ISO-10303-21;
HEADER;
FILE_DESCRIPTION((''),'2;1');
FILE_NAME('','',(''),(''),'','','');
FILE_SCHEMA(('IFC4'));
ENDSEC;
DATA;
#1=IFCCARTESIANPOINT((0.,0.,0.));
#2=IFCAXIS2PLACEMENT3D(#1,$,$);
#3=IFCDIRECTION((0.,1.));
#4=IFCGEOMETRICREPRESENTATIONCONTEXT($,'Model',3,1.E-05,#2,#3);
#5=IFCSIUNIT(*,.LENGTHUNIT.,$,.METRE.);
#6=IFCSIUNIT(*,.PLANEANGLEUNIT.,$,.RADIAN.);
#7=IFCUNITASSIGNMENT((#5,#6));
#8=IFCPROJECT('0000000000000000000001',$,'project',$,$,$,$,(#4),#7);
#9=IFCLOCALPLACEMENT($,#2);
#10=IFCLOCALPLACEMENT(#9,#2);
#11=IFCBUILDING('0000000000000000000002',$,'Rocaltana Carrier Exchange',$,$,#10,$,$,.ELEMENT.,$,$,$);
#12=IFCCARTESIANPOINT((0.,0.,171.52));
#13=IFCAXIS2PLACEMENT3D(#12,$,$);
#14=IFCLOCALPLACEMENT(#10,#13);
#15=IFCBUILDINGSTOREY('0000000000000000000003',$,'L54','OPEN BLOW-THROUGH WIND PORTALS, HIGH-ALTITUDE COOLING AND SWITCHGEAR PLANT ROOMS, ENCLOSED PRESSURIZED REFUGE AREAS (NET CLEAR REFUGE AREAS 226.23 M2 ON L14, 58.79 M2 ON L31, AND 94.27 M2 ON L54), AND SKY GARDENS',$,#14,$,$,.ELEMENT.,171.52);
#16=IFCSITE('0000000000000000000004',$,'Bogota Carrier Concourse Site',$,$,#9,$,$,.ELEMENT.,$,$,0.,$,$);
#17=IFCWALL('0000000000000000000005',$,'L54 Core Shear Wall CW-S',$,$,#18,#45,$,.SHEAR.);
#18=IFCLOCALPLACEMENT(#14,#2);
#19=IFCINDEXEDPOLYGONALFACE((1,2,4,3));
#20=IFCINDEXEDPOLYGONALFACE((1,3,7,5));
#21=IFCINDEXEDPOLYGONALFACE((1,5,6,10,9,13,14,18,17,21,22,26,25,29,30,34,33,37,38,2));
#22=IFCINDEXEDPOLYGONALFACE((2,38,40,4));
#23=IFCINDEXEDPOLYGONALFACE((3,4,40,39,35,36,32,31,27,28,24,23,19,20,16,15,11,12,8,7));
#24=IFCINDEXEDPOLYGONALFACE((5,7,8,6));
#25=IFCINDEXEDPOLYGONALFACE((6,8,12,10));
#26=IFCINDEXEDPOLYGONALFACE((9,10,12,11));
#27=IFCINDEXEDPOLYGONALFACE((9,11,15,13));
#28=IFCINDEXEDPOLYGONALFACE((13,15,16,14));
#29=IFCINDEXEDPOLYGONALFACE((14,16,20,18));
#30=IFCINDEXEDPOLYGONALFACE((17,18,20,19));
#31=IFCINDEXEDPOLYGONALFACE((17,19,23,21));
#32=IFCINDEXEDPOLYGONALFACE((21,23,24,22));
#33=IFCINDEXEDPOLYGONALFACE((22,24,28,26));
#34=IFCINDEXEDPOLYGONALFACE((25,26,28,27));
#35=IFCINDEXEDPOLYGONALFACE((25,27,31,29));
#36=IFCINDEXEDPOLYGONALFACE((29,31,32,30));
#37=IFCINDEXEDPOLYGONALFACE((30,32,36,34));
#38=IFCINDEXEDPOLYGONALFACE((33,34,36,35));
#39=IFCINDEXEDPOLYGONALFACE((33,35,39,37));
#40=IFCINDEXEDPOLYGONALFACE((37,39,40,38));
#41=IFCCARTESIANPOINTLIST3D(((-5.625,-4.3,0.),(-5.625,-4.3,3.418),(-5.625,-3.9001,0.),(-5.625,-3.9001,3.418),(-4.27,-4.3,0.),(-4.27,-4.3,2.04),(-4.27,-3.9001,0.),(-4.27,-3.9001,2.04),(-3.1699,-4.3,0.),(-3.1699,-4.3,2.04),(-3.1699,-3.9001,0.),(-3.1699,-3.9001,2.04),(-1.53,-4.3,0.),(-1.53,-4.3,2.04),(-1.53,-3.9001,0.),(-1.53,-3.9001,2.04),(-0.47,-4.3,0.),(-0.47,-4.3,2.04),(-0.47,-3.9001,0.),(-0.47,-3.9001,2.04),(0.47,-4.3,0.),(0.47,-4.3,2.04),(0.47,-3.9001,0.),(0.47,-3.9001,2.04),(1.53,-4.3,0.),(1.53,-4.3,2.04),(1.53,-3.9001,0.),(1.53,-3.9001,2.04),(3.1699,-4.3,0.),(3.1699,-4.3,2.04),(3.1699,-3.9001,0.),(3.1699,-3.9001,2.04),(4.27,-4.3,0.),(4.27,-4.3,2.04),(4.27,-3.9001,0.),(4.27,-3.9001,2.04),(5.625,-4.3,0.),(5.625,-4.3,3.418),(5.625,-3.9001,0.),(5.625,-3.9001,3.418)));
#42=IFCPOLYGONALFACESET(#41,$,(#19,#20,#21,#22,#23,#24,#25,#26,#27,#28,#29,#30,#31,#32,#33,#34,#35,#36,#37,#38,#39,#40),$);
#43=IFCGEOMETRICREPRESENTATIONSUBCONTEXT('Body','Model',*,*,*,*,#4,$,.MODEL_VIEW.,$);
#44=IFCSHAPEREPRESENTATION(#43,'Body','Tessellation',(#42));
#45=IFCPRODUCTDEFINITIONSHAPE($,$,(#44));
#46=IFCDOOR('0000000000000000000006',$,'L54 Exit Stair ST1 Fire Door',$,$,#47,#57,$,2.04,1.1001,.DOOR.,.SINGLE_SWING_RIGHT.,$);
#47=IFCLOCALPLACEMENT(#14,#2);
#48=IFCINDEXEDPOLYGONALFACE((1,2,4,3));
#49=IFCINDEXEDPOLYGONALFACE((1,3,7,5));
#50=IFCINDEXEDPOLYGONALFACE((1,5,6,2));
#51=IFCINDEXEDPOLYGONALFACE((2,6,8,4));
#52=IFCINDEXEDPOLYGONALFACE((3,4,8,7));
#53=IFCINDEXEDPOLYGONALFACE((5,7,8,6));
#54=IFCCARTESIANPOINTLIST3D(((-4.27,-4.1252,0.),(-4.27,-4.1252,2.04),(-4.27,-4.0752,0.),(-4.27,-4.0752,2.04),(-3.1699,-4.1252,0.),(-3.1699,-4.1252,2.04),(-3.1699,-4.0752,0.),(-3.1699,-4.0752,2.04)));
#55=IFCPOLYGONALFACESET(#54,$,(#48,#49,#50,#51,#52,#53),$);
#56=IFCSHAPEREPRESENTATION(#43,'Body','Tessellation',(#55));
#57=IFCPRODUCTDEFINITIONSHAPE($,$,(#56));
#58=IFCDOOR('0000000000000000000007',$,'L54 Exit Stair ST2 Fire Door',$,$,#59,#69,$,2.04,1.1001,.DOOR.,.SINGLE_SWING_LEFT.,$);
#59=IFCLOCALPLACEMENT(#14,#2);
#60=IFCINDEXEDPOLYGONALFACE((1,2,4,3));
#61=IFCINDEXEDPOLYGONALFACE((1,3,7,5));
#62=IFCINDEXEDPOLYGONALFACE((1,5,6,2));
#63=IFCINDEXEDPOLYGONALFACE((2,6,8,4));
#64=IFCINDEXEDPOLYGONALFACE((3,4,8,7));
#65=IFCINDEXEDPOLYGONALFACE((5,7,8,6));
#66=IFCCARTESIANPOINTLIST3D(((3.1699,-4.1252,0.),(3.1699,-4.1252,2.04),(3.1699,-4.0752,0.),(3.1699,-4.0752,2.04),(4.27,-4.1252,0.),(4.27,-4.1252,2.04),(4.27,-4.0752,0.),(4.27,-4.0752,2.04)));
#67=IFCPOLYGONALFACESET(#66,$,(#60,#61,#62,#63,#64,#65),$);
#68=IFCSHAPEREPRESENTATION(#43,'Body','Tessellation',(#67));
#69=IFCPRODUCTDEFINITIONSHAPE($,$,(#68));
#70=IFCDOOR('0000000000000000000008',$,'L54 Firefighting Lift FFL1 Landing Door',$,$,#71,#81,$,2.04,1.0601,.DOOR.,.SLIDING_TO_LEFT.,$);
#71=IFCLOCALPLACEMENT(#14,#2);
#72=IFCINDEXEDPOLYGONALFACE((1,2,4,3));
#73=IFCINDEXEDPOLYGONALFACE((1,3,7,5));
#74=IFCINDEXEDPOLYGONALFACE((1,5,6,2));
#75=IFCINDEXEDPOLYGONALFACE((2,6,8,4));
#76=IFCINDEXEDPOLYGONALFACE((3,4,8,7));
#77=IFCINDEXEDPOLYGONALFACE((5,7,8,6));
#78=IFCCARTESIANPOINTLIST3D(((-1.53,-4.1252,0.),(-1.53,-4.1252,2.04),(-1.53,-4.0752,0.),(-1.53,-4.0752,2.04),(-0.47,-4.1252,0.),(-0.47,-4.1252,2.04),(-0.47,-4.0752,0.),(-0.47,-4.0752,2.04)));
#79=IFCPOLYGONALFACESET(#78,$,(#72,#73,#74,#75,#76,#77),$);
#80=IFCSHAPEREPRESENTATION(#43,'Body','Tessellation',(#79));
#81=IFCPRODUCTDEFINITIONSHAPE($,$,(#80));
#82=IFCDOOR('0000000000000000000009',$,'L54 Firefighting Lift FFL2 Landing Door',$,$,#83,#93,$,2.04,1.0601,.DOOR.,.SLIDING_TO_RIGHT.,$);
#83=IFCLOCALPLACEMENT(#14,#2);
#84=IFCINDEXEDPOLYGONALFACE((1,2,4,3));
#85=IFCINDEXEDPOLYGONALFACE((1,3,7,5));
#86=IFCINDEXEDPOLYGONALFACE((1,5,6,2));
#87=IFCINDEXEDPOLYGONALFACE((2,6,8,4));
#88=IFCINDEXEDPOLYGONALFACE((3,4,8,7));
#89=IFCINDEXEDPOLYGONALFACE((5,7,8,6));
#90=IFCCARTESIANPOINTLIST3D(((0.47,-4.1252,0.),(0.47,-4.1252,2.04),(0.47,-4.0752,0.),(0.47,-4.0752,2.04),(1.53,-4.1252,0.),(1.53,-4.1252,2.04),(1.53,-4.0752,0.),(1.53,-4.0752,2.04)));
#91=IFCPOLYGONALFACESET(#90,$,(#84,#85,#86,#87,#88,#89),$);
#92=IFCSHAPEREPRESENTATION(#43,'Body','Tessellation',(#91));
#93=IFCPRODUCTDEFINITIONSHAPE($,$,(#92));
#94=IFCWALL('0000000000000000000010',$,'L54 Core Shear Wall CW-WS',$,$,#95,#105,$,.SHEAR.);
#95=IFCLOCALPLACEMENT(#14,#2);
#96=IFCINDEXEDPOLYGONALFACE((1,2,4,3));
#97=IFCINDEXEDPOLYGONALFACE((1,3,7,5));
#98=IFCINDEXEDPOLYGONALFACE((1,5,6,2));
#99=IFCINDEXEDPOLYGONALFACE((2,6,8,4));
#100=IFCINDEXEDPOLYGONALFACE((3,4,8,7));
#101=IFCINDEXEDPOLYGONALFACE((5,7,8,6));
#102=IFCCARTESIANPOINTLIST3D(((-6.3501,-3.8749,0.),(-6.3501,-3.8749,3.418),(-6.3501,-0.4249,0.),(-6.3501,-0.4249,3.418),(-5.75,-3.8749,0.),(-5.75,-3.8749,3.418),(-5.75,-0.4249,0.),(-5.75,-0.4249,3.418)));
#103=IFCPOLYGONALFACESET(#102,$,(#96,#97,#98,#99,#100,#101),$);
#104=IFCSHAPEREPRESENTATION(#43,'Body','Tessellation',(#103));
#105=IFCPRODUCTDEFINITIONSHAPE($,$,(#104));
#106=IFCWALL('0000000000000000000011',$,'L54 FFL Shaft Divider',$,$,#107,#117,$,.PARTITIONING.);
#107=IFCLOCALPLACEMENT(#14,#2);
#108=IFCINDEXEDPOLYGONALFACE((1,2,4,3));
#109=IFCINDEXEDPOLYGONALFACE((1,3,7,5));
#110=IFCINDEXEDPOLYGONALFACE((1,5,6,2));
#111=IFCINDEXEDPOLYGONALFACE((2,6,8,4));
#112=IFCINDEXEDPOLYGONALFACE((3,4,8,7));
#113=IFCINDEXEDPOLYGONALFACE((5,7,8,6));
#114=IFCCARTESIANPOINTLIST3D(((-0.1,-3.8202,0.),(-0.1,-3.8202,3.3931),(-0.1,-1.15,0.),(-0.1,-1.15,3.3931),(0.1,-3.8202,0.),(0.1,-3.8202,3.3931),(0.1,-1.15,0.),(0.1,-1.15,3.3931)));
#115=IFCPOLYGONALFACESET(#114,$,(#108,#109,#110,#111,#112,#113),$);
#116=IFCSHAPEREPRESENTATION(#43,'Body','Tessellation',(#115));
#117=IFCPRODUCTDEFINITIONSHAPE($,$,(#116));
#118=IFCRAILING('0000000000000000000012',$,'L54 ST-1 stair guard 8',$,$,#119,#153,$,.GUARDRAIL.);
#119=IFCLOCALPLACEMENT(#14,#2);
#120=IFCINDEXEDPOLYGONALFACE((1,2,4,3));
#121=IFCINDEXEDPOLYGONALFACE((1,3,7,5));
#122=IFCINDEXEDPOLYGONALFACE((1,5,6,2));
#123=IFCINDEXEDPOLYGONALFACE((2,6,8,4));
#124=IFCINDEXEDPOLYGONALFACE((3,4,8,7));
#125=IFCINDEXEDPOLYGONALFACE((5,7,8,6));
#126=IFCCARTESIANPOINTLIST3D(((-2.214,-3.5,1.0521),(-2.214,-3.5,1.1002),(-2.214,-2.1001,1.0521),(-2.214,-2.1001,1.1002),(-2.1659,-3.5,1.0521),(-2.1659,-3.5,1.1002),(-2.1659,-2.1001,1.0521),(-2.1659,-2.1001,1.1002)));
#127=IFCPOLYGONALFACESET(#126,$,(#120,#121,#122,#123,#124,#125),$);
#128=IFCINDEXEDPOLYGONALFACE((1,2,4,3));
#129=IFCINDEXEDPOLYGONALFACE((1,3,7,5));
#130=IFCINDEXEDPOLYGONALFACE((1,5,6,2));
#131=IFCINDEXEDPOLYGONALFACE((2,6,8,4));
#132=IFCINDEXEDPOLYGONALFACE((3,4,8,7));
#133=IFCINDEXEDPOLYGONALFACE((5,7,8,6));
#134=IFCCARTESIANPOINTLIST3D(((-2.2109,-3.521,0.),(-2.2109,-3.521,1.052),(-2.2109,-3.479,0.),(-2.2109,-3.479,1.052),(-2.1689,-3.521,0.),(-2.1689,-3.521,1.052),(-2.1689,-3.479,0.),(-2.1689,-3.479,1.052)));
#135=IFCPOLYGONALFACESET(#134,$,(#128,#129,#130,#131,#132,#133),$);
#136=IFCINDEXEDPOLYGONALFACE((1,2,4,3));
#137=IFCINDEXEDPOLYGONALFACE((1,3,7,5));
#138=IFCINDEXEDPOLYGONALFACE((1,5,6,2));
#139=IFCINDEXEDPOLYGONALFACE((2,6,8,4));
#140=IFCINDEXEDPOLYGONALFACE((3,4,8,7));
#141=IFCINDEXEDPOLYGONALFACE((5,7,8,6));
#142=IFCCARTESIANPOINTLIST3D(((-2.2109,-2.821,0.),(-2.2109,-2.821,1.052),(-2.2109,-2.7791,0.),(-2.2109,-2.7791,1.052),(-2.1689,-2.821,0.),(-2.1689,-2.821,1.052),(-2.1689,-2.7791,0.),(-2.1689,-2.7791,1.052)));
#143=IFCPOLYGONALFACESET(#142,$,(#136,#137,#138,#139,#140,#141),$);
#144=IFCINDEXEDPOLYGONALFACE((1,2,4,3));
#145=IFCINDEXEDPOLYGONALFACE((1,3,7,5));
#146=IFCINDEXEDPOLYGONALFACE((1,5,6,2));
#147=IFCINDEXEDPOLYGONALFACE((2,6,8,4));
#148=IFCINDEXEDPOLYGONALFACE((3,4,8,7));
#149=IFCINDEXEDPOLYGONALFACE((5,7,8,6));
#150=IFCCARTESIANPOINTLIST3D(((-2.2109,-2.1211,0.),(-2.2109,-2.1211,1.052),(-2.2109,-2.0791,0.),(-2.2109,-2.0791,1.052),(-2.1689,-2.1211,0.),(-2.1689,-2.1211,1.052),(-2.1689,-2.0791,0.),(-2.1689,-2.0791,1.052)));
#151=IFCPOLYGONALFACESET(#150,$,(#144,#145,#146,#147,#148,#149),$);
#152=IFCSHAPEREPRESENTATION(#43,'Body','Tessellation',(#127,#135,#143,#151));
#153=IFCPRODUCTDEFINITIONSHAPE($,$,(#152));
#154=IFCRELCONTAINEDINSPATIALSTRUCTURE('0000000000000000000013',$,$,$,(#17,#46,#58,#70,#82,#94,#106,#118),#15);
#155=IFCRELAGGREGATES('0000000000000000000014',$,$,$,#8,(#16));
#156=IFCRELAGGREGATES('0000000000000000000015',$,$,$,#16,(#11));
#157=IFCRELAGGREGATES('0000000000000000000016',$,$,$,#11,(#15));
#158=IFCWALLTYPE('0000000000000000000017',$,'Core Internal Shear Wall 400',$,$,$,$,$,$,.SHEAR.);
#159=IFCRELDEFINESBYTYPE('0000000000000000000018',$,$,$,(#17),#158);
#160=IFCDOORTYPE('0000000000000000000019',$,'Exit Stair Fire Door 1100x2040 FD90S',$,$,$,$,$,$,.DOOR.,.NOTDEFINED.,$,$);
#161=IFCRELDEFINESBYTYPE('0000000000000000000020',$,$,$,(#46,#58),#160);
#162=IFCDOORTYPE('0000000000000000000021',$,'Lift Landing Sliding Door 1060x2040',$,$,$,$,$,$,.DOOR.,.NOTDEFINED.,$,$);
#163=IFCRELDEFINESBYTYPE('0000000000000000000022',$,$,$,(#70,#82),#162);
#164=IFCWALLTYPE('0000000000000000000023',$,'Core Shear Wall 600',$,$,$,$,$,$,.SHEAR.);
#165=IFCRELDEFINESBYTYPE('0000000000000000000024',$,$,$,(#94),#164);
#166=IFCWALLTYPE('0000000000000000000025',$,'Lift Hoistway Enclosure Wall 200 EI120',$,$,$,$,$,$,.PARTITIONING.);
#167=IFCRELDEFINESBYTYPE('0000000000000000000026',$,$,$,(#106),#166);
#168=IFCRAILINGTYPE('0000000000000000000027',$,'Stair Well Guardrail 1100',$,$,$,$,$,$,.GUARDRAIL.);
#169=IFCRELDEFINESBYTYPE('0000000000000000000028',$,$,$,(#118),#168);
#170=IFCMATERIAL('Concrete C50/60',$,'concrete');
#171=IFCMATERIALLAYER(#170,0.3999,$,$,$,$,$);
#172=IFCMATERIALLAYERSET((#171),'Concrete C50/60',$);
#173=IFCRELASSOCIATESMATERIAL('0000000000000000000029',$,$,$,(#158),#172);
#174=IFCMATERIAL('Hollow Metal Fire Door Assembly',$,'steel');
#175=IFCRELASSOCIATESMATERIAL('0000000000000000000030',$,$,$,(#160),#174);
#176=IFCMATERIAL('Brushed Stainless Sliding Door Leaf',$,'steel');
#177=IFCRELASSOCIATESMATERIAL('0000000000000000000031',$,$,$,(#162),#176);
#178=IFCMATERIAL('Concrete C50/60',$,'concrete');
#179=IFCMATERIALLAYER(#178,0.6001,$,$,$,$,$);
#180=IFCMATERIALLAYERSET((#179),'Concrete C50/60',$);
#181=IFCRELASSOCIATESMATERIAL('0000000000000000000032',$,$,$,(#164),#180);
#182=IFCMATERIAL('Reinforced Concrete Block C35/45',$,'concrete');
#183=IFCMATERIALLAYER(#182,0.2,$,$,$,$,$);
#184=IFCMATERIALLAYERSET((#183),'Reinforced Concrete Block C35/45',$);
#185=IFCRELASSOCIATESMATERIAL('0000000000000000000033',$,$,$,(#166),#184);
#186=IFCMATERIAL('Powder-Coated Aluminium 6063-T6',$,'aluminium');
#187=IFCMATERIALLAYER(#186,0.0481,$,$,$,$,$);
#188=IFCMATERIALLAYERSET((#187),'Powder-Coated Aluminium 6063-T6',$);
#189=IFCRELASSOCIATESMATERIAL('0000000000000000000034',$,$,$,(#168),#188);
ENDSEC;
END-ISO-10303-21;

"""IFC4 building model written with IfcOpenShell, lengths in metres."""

from ifc_helpers import new_model, si_unit, direction, frame, frame_2d, origin, origin_2d, place, context, subcontext, project, spatial, rectangle, extrude, material, layer, layer_set, type_object, element, fill, save


model = new_model("IFC4")

# Units and contexts
model_context = context("Model", 3, precision=1e-05, world=origin(), true_north=direction((0.0, 1.0)))
body_context = subcontext(model_context, "Body", "Model", "MODEL_VIEW")
ifc_project = project(units=[si_unit("LENGTHUNIT", "METRE"), si_unit("PLANEANGLEUNIT", "RADIAN")], contexts=[model_context])

# Site, building, storey
site_placement = place(None, origin())
site = spatial("IfcSite", under=ifc_project, at=site_placement, Name="Bogota Carrier Concourse Site", CompositionType="ELEMENT", RefElevation=0.0)
building_placement = place(site_placement, origin())
building = spatial("IfcBuilding", under=site, at=building_placement, Name="Rocaltana Carrier Exchange", CompositionType="ELEMENT")
storey_placement = place(building_placement, frame((0.0, 0.0, 171.52)))
storey = spatial("IfcBuildingStorey", under=building, at=storey_placement, Name="L54", Description="OPEN BLOW-THROUGH WIND PORTALS, HIGH-ALTITUDE COOLING AND SWITCHGEAR PLANT ROOMS, ENCLOSED PRESSURIZED REFUGE AREAS (NET CLEAR REFUGE AREAS 226.23 M2 ON L14, 58.79 M2 ON L31, AND 94.27 M2 ON L54), AND SKY GARDENS", CompositionType="ELEMENT", Elevation=171.52)

# Wall, openings, doors
ifc_material_1 = material(Name="Concrete C50/60", Category="concrete")
ifc_layer_1 = layer(ifc_material_1, 0.3999)
ifc_layer_set_1 = layer_set([ifc_layer_1], Name="Concrete C50/60")
wall_type_1 = type_object("IfcWallType", Name="Core Internal Shear Wall 400", PredefinedType="SHEAR", material=ifc_layer_set_1)
wall_1_placement = place(storey_placement, frame((-5.625, -4.1001, 0.0), z_axis=(0.0, 0.0, 1.0), x_axis=(1.0, 0.0, 0.0)))
wall_1 = element("IfcWall", 1, at=wall_1_placement, inside=storey, type_object=wall_type_1, Name="L54 Core Shear Wall CW-S", PredefinedType="SHEAR", context=body_context, shape_type="SweptSolid", body=[
    extrude(rectangle(XDim=11.25, YDim=0.3999, at=frame_2d((5.625, 0.0))), origin(), (0.0, 0.0, 1.0), 3.418),
])
opening_1_placement = place(wall_1_placement, frame((1.355, 0.0, 0.0)))
opening_1 = element("IfcOpeningElement", 2, at=opening_1_placement, cuts=wall_1, PredefinedType="OPENING", context=body_context, shape_type="SweptSolid", body=[
    extrude(rectangle(XDim=1.1001, YDim=2.04, at=frame_2d((0.55, 1.02))), frame((0.0, 0.21, 0.0), z_axis=(0.0, -1.0, 0.0), x_axis=(1.0, 0.0, 0.0)), (0.0, 0.0, 1.0), 0.4199),
])
opening_2_placement = place(wall_1_placement, frame((8.7949, 0.0, 0.0)))
opening_2 = element("IfcOpeningElement", 3, at=opening_2_placement, cuts=wall_1, PredefinedType="OPENING", context=body_context, shape_type="SweptSolid", body=[
    extrude(rectangle(XDim=1.1001, YDim=2.04, at=frame_2d((0.55, 1.02))), frame((0.0, 0.21, 0.0), z_axis=(0.0, -1.0, 0.0), x_axis=(1.0, 0.0, 0.0)), (0.0, 0.0, 1.0), 0.4199),
])
opening_3_placement = place(wall_1_placement, frame((4.095, 0.0, 0.0)))
opening_3 = element("IfcOpeningElement", 4, at=opening_3_placement, cuts=wall_1, PredefinedType="OPENING", context=body_context, shape_type="SweptSolid", body=[
    extrude(rectangle(XDim=1.0601, YDim=2.04, at=frame_2d((0.53, 1.02))), frame((0.0, 0.21, 0.0), z_axis=(0.0, -1.0, 0.0), x_axis=(1.0, 0.0, 0.0)), (0.0, 0.0, 1.0), 0.4199),
])
opening_4_placement = place(wall_1_placement, frame((6.095, 0.0, 0.0)))
opening_4 = element("IfcOpeningElement", 5, at=opening_4_placement, cuts=wall_1, PredefinedType="OPENING", context=body_context, shape_type="SweptSolid", body=[
    extrude(rectangle(XDim=1.0601, YDim=2.04, at=frame_2d((0.53, 1.02))), frame((0.0, 0.21, 0.0), z_axis=(0.0, -1.0, 0.0), x_axis=(1.0, 0.0, 0.0)), (0.0, 0.0, 1.0), 0.4199),
])
ifc_material_2 = material(Name="Hollow Metal Fire Door Assembly", Category="steel")
door_type_1 = type_object("IfcDoorType", Name="Exit Stair Fire Door 1100x2040 FD90S", OperationType="NOTDEFINED", PredefinedType="DOOR", material=ifc_material_2)
door_1_placement = place(opening_1_placement, origin())
door_1 = element("IfcDoor", 6, at=door_1_placement, inside=storey, type_object=door_type_1, Name="L54 Exit Stair ST1 Fire Door", OperationType="SINGLE_SWING_RIGHT", OverallHeight=2.04, OverallWidth=1.1001, PredefinedType="DOOR", context=body_context, shape_type="SweptSolid", body=[
    extrude(rectangle(XDim=1.1001, YDim=2.04, at=frame_2d((0.55, 1.02))), frame((0.0, 0.0249, 0.0), z_axis=(0.0, -1.0, 0.0), x_axis=(1.0, 0.0, 0.0)), (0.0, 0.0, 1.0), 0.05),
])
fill(opening_1, door_1)
door_2_placement = place(opening_2_placement, origin())
door_2 = element("IfcDoor", 7, at=door_2_placement, inside=storey, type_object=door_type_1, Name="L54 Exit Stair ST2 Fire Door", OperationType="SINGLE_SWING_LEFT", OverallHeight=2.04, OverallWidth=1.1001, PredefinedType="DOOR", context=body_context, shape_type="SweptSolid", body=[
    extrude(rectangle(XDim=1.1001, YDim=2.04, at=frame_2d((0.55, 1.02))), frame((0.0, 0.0249, 0.0), z_axis=(0.0, -1.0, 0.0), x_axis=(1.0, 0.0, 0.0)), (0.0, 0.0, 1.0), 0.05),
])
fill(opening_2, door_2)
ifc_material_3 = material(Name="Brushed Stainless Sliding Door Leaf", Category="steel")
door_type_2 = type_object("IfcDoorType", Name="Lift Landing Sliding Door 1060x2040", OperationType="NOTDEFINED", PredefinedType="DOOR", material=ifc_material_3)
door_3_placement = place(opening_3_placement, origin())
door_3 = element("IfcDoor", 8, at=door_3_placement, inside=storey, type_object=door_type_2, Name="L54 Firefighting Lift FFL1 Landing Door", OperationType="SLIDING_TO_LEFT", OverallHeight=2.04, OverallWidth=1.0601, PredefinedType="DOOR", context=body_context, shape_type="SweptSolid", body=[
    extrude(rectangle(XDim=1.0601, YDim=2.04, at=frame_2d((0.53, 1.02))), frame((0.0, 0.0249, 0.0), z_axis=(0.0, -1.0, 0.0), x_axis=(1.0, 0.0, 0.0)), (0.0, 0.0, 1.0), 0.05),
])
fill(opening_3, door_3)
door_4_placement = place(opening_4_placement, origin())
door_4 = element("IfcDoor", 9, at=door_4_placement, inside=storey, type_object=door_type_2, Name="L54 Firefighting Lift FFL2 Landing Door", OperationType="SLIDING_TO_RIGHT", OverallHeight=2.04, OverallWidth=1.0601, PredefinedType="DOOR", context=body_context, shape_type="SweptSolid", body=[
    extrude(rectangle(XDim=1.0601, YDim=2.04, at=frame_2d((0.53, 1.02))), frame((0.0, 0.0249, 0.0), z_axis=(0.0, -1.0, 0.0), x_axis=(1.0, 0.0, 0.0)), (0.0, 0.0, 1.0), 0.05),
])
fill(opening_4, door_4)

# Walls
ifc_material_4 = material(Name="Concrete C50/60", Category="concrete")
ifc_layer_2 = layer(ifc_material_4, 0.6001)
ifc_layer_set_2 = layer_set([ifc_layer_2], Name="Concrete C50/60")
wall_type_2 = type_object("IfcWallType", Name="Core Shear Wall 600", PredefinedType="SHEAR", material=ifc_layer_set_2)
wall_2_placement = place(storey_placement, frame((-6.05, -3.875, 0.0), z_axis=(0.0, 0.0, 1.0), x_axis=(0.0, 1.0, 0.0)))
element("IfcWall", 10, at=wall_2_placement, inside=storey, type_object=wall_type_2, Name="L54 Core Shear Wall CW-WS", PredefinedType="SHEAR", context=body_context, shape_type="SweptSolid", body=[
    extrude(rectangle(XDim=3.45, YDim=0.6001, at=frame_2d((1.7251, 0.0))), origin(), (0.0, 0.0, 1.0), 3.418),
])
ifc_material_5 = material(Name="Reinforced Concrete Block C35/45", Category="concrete")
ifc_layer_3 = layer(ifc_material_5, 0.2)
ifc_layer_set_3 = layer_set([ifc_layer_3], Name="Reinforced Concrete Block C35/45")
wall_type_3 = type_object("IfcWallType", Name="Lift Hoistway Enclosure Wall 200 EI120", PredefinedType="PARTITIONING", material=ifc_layer_set_3)
wall_3_placement = place(storey_placement, frame((0.0, -3.8201, 0.0), z_axis=(0.0, 0.0, 1.0), x_axis=(0.0, 1.0, 0.0)))
element("IfcWall", 11, at=wall_3_placement, inside=storey, type_object=wall_type_3, Name="L54 FFL Shaft Divider", PredefinedType="PARTITIONING", context=body_context, shape_type="SweptSolid", body=[
    extrude(rectangle(XDim=2.6702, YDim=0.2, at=frame_2d((1.335, 0.0))), origin(), (0.0, 0.0, 1.0), 3.3931),
])

# Railing
ifc_material_6 = material(Name="Powder-Coated Aluminium 6063-T6", Category="aluminium")
ifc_layer_4 = layer(ifc_material_6, 0.0481)
ifc_layer_set_4 = layer_set([ifc_layer_4], Name="Powder-Coated Aluminium 6063-T6")
railing_type = type_object("IfcRailingType", Name="Stair Well Guardrail 1100", PredefinedType="GUARDRAIL", material=ifc_layer_set_4)
for number, where, name in (
    (12, (-2.1899, -3.5, 0.0), "L54 ST-1 stair guard 8"),
):
    element("IfcRailing", number, at=place(storey_placement, frame(where)), inside=storey, type_object=railing_type, Name=name, PredefinedType="GUARDRAIL", context=body_context, shape_type="SweptSolid", body=[
        extrude(rectangle(XDim=0.0481, YDim=0.0481, at=origin_2d()), frame((0.0, 0.0, 1.0762), z_axis=(0.0, 1.0, 0.0), x_axis=(-1.0, 0.0, 0.0)), (0.0, 0.0, 1.0), 1.3999),
        extrude(rectangle(XDim=0.042, YDim=0.042, at=origin_2d()), origin(), (0.0, 0.0, 1.0), 1.052),
        extrude(rectangle(XDim=0.042, YDim=0.042, at=origin_2d()), frame((0.0, 0.7, 0.0)), (0.0, 0.0, 1.0), 1.052),
        extrude(rectangle(XDim=0.042, YDim=0.042, at=origin_2d()), frame((0.0, 1.3999, 0.0)), (0.0, 0.0, 1.0), 1.052),
    ])

save(model, "model.ifc")
